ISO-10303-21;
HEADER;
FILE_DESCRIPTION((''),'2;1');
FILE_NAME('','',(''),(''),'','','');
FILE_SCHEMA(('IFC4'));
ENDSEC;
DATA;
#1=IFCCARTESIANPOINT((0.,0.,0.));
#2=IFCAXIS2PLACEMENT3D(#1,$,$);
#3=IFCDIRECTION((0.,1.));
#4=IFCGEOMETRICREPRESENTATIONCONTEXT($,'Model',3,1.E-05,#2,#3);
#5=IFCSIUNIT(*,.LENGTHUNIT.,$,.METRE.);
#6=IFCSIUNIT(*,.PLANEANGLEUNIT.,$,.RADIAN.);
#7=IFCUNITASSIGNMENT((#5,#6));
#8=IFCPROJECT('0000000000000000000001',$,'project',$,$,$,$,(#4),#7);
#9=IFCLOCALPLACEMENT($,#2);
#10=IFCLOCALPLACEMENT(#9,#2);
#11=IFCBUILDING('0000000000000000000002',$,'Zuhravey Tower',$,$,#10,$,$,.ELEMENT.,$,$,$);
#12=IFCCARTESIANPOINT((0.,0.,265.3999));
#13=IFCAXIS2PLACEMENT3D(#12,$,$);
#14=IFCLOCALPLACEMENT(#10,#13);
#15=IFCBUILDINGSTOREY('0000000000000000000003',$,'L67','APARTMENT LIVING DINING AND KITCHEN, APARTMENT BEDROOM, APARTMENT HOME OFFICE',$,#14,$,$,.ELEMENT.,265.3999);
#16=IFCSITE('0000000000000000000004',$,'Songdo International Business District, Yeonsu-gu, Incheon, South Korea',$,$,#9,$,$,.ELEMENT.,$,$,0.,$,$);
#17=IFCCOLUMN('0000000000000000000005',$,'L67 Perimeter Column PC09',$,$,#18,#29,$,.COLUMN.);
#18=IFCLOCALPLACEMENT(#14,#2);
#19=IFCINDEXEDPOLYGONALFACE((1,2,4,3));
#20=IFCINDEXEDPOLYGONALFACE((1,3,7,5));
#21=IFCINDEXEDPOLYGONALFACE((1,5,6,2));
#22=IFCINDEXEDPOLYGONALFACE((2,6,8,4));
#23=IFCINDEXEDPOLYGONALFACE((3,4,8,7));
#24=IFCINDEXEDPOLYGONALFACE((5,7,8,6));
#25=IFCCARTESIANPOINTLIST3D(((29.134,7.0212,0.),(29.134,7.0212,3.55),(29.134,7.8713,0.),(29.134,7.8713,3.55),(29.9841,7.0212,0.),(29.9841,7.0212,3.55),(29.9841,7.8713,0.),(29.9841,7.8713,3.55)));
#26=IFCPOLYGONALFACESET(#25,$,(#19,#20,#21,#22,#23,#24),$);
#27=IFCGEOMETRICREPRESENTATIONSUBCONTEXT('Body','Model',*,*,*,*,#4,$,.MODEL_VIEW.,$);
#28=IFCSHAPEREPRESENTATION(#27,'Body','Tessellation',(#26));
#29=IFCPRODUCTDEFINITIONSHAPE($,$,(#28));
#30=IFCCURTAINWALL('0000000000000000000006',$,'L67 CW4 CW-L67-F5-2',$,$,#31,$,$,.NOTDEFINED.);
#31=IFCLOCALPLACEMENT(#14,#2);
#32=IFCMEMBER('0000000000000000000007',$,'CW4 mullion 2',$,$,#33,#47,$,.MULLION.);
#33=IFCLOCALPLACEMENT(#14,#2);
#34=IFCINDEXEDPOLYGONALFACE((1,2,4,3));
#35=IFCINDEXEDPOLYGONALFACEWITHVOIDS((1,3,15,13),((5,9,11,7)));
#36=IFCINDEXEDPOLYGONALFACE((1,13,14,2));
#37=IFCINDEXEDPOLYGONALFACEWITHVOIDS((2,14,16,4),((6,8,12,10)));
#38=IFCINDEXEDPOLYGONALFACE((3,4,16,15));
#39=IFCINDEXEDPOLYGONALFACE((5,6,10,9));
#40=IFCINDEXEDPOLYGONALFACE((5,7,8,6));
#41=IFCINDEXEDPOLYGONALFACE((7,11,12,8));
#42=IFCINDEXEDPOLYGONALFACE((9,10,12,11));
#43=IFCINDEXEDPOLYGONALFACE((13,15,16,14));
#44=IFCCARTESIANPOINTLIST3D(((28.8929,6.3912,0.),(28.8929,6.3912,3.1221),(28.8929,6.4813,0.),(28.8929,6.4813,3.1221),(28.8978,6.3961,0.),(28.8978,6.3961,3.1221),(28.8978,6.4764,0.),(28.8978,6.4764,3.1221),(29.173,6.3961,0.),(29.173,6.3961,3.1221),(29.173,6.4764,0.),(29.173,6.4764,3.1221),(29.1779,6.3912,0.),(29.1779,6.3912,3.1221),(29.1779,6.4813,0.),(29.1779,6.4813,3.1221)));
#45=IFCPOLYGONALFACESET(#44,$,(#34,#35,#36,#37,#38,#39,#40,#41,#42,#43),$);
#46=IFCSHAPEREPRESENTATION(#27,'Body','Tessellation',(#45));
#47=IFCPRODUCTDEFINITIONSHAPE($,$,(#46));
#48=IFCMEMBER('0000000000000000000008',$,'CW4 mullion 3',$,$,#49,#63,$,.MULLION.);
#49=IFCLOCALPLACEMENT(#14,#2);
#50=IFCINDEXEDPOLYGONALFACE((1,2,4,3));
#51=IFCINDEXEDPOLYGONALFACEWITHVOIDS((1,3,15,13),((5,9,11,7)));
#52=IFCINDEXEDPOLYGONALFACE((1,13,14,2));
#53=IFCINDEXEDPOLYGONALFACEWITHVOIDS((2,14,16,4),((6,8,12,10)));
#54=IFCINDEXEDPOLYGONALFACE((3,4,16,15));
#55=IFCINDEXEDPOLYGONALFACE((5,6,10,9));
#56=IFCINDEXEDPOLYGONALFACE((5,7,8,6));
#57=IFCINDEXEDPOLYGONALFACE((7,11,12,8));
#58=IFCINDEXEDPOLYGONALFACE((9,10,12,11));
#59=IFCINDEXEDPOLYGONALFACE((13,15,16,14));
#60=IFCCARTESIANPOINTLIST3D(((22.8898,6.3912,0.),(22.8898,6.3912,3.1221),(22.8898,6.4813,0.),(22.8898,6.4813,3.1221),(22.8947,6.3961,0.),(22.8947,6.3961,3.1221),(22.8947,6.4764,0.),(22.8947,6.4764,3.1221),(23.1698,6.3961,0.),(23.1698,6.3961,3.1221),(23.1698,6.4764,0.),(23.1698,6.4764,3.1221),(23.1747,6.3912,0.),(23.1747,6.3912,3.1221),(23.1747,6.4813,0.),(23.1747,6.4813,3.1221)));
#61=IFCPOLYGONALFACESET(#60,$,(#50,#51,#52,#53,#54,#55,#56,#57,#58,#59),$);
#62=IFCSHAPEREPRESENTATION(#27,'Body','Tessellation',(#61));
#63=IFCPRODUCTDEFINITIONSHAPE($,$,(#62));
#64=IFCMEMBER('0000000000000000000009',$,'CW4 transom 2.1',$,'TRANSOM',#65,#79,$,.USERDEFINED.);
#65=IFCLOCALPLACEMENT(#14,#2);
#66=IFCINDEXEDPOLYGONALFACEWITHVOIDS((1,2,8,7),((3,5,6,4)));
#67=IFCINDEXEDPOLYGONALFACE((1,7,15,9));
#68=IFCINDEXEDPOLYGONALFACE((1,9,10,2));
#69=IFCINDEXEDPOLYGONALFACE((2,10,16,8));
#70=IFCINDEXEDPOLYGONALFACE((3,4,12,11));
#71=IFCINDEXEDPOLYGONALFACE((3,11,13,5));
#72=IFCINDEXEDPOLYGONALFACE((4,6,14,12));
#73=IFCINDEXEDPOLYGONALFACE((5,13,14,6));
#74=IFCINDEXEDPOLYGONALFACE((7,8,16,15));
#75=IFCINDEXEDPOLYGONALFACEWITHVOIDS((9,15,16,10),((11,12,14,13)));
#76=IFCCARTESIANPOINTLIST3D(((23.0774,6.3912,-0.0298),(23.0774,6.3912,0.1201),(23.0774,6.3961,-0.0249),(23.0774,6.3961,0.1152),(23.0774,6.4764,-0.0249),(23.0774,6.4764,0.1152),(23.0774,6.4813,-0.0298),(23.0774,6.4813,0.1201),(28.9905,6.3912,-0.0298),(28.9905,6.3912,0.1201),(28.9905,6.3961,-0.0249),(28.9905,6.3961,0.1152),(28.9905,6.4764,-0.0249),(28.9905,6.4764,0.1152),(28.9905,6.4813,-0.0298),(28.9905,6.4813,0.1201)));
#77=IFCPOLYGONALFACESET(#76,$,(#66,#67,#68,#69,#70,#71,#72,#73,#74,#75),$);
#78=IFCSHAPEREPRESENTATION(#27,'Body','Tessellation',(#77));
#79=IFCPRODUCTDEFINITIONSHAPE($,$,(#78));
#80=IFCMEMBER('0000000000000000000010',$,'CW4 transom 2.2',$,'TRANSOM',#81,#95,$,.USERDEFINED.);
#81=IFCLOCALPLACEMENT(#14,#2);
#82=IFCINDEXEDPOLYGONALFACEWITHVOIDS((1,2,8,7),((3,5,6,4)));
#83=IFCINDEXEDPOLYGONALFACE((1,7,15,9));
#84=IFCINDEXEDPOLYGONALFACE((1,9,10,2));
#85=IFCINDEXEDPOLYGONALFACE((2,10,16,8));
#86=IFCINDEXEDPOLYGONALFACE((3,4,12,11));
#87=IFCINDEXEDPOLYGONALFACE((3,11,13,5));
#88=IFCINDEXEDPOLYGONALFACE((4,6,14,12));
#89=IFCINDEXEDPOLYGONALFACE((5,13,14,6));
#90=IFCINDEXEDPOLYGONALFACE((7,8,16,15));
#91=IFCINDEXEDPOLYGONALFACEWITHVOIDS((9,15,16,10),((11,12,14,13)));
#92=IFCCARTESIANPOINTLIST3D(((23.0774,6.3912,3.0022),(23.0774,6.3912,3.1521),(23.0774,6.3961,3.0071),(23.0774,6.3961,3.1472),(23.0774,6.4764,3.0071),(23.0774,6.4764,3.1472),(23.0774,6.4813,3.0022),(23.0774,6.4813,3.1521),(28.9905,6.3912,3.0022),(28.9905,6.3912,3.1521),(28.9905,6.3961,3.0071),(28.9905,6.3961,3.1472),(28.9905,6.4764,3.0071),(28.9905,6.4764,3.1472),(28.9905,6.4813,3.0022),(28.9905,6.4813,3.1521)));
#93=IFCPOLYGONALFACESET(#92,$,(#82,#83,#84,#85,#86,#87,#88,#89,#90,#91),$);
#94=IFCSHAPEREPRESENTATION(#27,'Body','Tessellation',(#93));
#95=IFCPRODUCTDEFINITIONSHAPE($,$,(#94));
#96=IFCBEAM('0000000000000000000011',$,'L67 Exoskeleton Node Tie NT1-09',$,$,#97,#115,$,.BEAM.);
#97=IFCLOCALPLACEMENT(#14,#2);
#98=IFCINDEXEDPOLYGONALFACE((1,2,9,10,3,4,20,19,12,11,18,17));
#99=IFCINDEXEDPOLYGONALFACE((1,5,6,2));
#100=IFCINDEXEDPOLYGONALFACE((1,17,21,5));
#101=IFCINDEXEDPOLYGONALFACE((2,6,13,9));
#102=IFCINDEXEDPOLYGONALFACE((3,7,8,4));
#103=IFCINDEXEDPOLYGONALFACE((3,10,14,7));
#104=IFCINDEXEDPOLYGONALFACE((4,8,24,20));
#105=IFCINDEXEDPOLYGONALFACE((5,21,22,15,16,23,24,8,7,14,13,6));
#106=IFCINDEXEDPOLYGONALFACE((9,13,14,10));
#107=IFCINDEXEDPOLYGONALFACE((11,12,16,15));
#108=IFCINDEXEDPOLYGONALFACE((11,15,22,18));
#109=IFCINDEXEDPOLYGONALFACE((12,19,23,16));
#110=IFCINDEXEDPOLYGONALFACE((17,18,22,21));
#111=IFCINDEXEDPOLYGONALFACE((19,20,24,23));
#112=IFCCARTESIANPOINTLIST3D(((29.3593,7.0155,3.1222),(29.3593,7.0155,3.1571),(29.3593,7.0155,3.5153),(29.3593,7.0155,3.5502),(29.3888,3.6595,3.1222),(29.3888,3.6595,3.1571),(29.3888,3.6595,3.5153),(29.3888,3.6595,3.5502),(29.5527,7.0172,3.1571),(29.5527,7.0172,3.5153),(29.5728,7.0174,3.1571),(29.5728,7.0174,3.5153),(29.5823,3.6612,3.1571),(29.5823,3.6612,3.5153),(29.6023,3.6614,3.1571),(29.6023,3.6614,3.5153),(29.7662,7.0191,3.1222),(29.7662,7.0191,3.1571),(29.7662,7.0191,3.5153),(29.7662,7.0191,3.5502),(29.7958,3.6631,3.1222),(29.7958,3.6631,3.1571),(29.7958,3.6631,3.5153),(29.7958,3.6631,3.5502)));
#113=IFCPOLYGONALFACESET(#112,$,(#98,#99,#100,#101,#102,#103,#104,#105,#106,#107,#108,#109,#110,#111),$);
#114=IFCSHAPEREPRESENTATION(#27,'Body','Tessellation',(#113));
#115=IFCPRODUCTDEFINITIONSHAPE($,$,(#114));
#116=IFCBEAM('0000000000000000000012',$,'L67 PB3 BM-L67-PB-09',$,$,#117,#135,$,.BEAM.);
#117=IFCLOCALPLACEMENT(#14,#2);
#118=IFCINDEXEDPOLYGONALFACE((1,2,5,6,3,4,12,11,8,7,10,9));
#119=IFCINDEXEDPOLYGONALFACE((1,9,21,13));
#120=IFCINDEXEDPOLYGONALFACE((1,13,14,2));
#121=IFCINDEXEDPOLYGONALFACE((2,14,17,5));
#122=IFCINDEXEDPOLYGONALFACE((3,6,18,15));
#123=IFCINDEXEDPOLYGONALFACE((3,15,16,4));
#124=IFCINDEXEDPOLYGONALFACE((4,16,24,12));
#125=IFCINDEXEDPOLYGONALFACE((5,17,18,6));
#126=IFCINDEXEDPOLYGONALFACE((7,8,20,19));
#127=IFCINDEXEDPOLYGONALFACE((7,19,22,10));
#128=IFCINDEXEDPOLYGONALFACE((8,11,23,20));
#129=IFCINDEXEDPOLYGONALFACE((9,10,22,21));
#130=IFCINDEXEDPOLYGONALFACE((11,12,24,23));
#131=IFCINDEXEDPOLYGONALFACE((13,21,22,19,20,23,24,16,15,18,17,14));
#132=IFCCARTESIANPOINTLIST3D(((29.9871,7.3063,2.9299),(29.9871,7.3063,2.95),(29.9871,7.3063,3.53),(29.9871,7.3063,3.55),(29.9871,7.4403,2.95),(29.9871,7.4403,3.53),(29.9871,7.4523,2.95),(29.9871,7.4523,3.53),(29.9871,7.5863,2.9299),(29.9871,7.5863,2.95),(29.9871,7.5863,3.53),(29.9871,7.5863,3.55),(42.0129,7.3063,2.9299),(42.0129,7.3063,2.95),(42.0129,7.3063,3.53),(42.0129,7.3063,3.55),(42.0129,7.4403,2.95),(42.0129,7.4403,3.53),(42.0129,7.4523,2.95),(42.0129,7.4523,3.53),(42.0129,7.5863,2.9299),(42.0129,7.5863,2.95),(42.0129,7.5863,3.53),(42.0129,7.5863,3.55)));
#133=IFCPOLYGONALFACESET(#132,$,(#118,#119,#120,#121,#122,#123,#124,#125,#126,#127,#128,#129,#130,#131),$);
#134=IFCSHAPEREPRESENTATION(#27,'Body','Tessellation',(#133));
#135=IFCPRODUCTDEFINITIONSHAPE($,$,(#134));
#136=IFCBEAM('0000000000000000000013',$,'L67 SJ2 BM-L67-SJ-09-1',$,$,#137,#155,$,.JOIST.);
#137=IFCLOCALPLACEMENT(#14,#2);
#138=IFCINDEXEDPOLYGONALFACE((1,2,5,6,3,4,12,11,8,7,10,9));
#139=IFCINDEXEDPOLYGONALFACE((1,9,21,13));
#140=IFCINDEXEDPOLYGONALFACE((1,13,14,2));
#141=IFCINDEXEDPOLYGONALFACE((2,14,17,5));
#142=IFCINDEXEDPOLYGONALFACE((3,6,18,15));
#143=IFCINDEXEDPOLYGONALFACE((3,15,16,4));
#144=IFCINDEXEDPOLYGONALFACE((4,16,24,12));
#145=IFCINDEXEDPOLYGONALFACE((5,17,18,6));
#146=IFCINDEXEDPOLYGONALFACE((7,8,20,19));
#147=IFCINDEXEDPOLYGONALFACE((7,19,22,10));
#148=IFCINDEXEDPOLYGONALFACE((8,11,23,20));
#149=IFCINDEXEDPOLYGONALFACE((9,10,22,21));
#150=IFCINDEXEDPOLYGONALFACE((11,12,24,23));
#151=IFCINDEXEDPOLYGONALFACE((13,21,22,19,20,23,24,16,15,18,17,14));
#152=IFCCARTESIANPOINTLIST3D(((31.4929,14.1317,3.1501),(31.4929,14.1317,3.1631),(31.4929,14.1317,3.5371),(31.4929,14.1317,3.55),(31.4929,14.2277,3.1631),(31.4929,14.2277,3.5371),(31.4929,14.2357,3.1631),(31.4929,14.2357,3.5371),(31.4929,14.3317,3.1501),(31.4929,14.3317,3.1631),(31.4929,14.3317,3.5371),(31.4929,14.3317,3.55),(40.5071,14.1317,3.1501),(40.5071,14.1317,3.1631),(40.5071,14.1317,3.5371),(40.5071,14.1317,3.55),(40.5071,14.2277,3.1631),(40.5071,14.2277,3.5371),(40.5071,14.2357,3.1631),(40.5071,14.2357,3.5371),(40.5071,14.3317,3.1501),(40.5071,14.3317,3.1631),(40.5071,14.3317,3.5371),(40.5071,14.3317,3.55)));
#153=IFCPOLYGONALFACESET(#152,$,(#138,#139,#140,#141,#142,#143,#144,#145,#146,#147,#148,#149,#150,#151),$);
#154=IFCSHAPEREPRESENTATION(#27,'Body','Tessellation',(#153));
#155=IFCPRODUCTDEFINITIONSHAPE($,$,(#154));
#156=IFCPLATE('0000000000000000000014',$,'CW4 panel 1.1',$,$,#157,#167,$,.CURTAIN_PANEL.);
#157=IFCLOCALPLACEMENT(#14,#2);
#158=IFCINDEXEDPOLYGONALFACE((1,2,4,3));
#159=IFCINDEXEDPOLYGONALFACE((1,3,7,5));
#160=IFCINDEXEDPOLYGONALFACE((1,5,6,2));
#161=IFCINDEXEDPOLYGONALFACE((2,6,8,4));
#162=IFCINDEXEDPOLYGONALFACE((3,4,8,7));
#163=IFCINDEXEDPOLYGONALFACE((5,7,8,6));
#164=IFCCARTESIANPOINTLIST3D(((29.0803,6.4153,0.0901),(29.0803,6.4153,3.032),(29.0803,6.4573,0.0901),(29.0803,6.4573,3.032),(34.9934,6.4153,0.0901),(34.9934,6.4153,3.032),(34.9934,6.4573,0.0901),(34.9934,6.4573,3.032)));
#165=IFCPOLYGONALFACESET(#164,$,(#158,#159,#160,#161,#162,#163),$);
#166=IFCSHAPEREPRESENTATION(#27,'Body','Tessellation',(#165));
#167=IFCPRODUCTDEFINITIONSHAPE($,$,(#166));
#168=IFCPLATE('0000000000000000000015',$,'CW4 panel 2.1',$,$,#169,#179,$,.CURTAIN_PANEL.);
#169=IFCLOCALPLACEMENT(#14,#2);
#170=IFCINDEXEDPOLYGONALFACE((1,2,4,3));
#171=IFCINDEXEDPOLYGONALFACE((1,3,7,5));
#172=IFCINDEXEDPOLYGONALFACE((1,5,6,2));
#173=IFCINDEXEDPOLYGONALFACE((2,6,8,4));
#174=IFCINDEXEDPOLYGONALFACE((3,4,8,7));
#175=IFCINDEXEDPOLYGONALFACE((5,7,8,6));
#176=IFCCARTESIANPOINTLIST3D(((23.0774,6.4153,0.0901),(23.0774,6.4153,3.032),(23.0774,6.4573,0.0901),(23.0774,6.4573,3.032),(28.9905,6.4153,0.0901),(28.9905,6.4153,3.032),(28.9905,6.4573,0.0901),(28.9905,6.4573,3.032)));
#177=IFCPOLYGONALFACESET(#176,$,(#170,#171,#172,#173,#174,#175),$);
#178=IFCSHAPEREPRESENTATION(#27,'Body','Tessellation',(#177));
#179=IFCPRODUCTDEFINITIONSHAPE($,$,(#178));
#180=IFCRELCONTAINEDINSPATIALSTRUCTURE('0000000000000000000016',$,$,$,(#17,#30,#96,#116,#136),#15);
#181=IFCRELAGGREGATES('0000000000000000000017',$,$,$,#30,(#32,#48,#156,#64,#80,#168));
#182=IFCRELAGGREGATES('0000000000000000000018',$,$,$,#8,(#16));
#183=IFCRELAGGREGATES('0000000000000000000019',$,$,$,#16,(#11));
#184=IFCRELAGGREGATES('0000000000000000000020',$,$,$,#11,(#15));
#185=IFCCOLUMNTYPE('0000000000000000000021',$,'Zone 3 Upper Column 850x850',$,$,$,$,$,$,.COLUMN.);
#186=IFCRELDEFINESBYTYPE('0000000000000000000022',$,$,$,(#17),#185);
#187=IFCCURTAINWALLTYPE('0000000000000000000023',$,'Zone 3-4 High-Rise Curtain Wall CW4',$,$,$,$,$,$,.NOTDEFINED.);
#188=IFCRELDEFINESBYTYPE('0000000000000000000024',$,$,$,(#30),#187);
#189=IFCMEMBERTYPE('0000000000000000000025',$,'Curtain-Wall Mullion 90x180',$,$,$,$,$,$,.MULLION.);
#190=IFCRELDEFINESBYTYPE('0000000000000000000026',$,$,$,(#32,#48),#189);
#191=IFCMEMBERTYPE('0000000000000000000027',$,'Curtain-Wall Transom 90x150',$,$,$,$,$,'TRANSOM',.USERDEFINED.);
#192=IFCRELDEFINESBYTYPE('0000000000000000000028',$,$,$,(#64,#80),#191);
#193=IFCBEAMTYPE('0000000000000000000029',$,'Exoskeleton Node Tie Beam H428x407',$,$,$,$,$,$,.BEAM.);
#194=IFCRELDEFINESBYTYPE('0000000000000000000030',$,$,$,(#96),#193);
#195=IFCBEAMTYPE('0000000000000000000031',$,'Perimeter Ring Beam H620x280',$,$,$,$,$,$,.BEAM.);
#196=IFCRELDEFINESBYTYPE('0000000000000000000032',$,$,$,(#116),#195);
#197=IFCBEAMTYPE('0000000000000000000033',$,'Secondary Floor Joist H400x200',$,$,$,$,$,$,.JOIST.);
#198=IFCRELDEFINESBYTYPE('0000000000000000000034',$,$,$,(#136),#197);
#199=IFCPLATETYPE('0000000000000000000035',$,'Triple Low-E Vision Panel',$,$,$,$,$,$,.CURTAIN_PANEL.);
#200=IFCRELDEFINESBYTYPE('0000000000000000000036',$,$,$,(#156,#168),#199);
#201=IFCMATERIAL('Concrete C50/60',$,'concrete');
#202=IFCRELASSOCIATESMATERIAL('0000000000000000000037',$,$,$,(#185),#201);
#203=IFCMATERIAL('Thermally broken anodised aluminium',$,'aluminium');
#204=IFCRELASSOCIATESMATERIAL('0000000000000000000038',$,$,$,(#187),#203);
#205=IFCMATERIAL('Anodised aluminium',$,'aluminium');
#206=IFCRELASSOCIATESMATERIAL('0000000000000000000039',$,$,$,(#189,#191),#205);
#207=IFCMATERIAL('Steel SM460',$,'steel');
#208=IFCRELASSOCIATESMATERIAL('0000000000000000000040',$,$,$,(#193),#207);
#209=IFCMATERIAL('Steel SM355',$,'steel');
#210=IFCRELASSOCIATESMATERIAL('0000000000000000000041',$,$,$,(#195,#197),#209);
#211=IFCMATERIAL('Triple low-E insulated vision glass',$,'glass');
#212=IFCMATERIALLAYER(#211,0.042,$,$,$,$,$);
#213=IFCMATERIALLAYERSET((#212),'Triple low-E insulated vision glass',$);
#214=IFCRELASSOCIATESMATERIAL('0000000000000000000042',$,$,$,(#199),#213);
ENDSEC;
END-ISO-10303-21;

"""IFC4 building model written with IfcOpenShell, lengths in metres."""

from ifc_helpers import new_model, si_unit, direction, frame, origin, origin_2d, place, context, subcontext, project, spatial, rectangle, hollow_rectangle, i_section, extrude, material, layer, layer_set, material_profile, profile_set, type_object, element, aggregate, save


model = new_model("IFC4")

# Units and contexts
model_context = context("Model", 3, precision=1e-05, world=origin(), true_north=direction((0.0, 1.0)))
body_context = subcontext(model_context, "Body", "Model", "MODEL_VIEW")
ifc_project = project(units=[si_unit("LENGTHUNIT", "METRE"), si_unit("PLANEANGLEUNIT", "RADIAN")], contexts=[model_context])

# Site, building, storey
site_placement = place(None, origin())
site = spatial("IfcSite", under=ifc_project, at=site_placement, Name="Songdo International Business District, Yeonsu-gu, Incheon, South Korea", CompositionType="ELEMENT", RefElevation=0.0)
building_placement = place(site_placement, origin())
building = spatial("IfcBuilding", under=site, at=building_placement, Name="Zuhravey Tower", CompositionType="ELEMENT")
storey_placement = place(building_placement, frame((0.0, 0.0, 265.3999)))
storey = spatial("IfcBuildingStorey", under=building, at=storey_placement, Name="L67", Description="APARTMENT LIVING DINING AND KITCHEN, APARTMENT BEDROOM, APARTMENT HOME OFFICE", CompositionType="ELEMENT", Elevation=265.3999)

# Column
ifc_material_1 = material(Name="Concrete C50/60", Category="concrete")
ifc_material_profile_1 = material_profile(ifc_material_1, rectangle(XDim=0.8501, YDim=0.8501, at=origin_2d()), Name="RC-850x850")
ifc_profile_set_1 = profile_set([ifc_material_profile_1], Name="Concrete C50/60")
column_type = type_object("IfcColumnType", Name="Zone 3 Upper Column 850x850", PredefinedType="COLUMN", material=ifc_profile_set_1)
column_placement = place(storey_placement, frame((29.5591, 7.4463, 0.0), z_axis=(0.0, 0.0, 1.0), x_axis=(1.0, 0.0, 0.0)))
element("IfcColumn", 1, at=column_placement, inside=storey, type_object=column_type, Name="L67 Perimeter Column PC09", PredefinedType="COLUMN", context=body_context, shape_type="SweptSolid", body=[
    extrude(rectangle(XDim=0.8501, YDim=0.8501, at=origin_2d()), origin(), (0.0, 0.0, 1.0), 3.55),
])

# Curtain wall, members
ifc_material_2 = material(Name="Thermally broken anodised aluminium", Category="aluminium")
curtain_wall_type = type_object("IfcCurtainWallType", Name="Zone 3-4 High-Rise Curtain Wall CW4", PredefinedType="NOTDEFINED", material=ifc_material_2)
curtain_wall_placement = place(storey_placement, origin())
curtain_wall = element("IfcCurtainWall", 2, at=curtain_wall_placement, inside=storey, type_object=curtain_wall_type, Name="L67 CW4 CW-L67-F5-2", PredefinedType="NOTDEFINED")
ifc_material_3 = material(Name="Anodised aluminium", Category="aluminium")
ifc_material_profile_2 = material_profile(ifc_material_3, hollow_rectangle(XDim=0.0901, YDim=0.2849, WallThickness=0.0049, at=origin_2d()), Name="ALU-RHS-90x285x5")
ifc_profile_set_2 = profile_set([ifc_material_profile_2], Name="Anodised aluminium")
member_type_1 = type_object("IfcMemberType", Name="Curtain-Wall Mullion 90x180", PredefinedType="MULLION", material=ifc_profile_set_2)
member_1_placement = place(storey_placement, frame((29.0354, 6.4363, 0.0), z_axis=(0.0, 0.0, 1.0), x_axis=(0.0, -1.0, 0.0)))
member_1 = element("IfcMember", 3, at=member_1_placement, type_object=member_type_1, Name="CW4 mullion 2", PredefinedType="MULLION", context=body_context, shape_type="SweptSolid", body=[
    extrude(hollow_rectangle(XDim=0.0901, YDim=0.2849, WallThickness=0.0049, at=origin_2d()), origin(), (0.0, 0.0, 1.0), 3.1221),
])
member_2_placement = place(storey_placement, frame((23.0322, 6.4363, 0.0), z_axis=(0.0, 0.0, 1.0), x_axis=(0.0, -1.0, 0.0)))
member_2 = element("IfcMember", 4, at=member_2_placement, type_object=member_type_1, Name="CW4 mullion 3", PredefinedType="MULLION", context=body_context, shape_type="SweptSolid", body=[
    extrude(hollow_rectangle(XDim=0.0901, YDim=0.2849, WallThickness=0.0049, at=origin_2d()), origin(), (0.0, 0.0, 1.0), 3.1221),
])
ifc_material_profile_3 = material_profile(ifc_material_3, hollow_rectangle(XDim=0.0901, YDim=0.1499, WallThickness=0.0049, at=origin_2d()), Name="ALU-RHS-90x150x5")
ifc_profile_set_3 = profile_set([ifc_material_profile_3], Name="Anodised aluminium")
member_type_2 = type_object("IfcMemberType", Name="Curtain-Wall Transom 90x150", ElementType="TRANSOM", PredefinedType="USERDEFINED", material=ifc_profile_set_3)
member_3_placement = place(storey_placement, frame((28.9905, 6.4363, 0.0452), z_axis=(-1.0, 0.0, 0.0), x_axis=(0.0, -1.0, 0.0)))
member_3 = element("IfcMember", 5, at=member_3_placement, type_object=member_type_2, Name="CW4 transom 2.1", ObjectType="TRANSOM", PredefinedType="USERDEFINED", context=body_context, shape_type="SweptSolid", body=[
    extrude(hollow_rectangle(XDim=0.0901, YDim=0.1499, WallThickness=0.0049, at=origin_2d()), origin(), (0.0, 0.0, 1.0), 5.9131),
])
member_4_placement = place(storey_placement, frame((28.9905, 6.4363, 3.0771), z_axis=(-1.0, 0.0, 0.0), x_axis=(0.0, -1.0, 0.0)))
member_4 = element("IfcMember", 6, at=member_4_placement, type_object=member_type_2, Name="CW4 transom 2.2", ObjectType="TRANSOM", PredefinedType="USERDEFINED", context=body_context, shape_type="SweptSolid", body=[
    extrude(hollow_rectangle(XDim=0.0901, YDim=0.1499, WallThickness=0.0049, at=origin_2d()), origin(), (0.0, 0.0, 1.0), 5.9131),
])

# Beams
ifc_material_4 = material(Name="Steel SM460", Category="steel")
ifc_material_profile_4 = material_profile(ifc_material_4, i_section(OverallWidth=0.407, OverallDepth=0.428, WebThickness=0.02, FlangeThickness=0.0349, at=origin_2d()), Name="H-428x407x20x35")
ifc_profile_set_4 = profile_set([ifc_material_profile_4], Name="Steel SM460")
beam_type_1 = type_object("IfcBeamType", Name="Exoskeleton Node Tie Beam H428x407", PredefinedType="BEAM", material=ifc_profile_set_4)
beam_1_placement = place(storey_placement, frame((29.5627, 7.0173, 3.3362), z_axis=(0.008802, -0.999961, 0.0), x_axis=(0.999961, 0.008802, 0.0)))
element("IfcBeam", 7, at=beam_1_placement, inside=storey, type_object=beam_type_1, Name="L67 Exoskeleton Node Tie NT1-09", PredefinedType="BEAM", context=body_context, shape_type="SweptSolid", body=[
    extrude(i_section(OverallWidth=0.407, OverallDepth=0.428, WebThickness=0.02, FlangeThickness=0.0349, at=origin_2d()), origin(), (0.0, 0.0, 1.0), 3.3562),
])
ifc_material_5 = material(Name="Steel SM355", Category="steel")
ifc_material_profile_5 = material_profile(ifc_material_5, i_section(OverallWidth=0.28, OverallDepth=0.6201, WebThickness=0.012, FlangeThickness=0.02, at=origin_2d()), Name="H-620x280x12x20")
ifc_profile_set_5 = profile_set([ifc_material_profile_5], Name="Steel SM355")
beam_type_2 = type_object("IfcBeamType", Name="Perimeter Ring Beam H620x280", PredefinedType="BEAM", material=ifc_profile_set_5)
beam_2_placement = place(storey_placement, frame((29.9871, 7.4463, 3.24), z_axis=(1.0, 0.0, 0.0), x_axis=(0.0, 1.0, 0.0)))
element("IfcBeam", 8, at=beam_2_placement, inside=storey, type_object=beam_type_2, Name="L67 PB3 BM-L67-PB-09", PredefinedType="BEAM", context=body_context, shape_type="SweptSolid", body=[
    extrude(i_section(OverallWidth=0.28, OverallDepth=0.6201, WebThickness=0.012, FlangeThickness=0.02, at=origin_2d()), origin(), (0.0, 0.0, 1.0), 12.0259),
])
ifc_material_profile_6 = material_profile(ifc_material_5, i_section(OverallWidth=0.2, OverallDepth=0.3999, WebThickness=0.0081, FlangeThickness=0.0129, at=origin_2d()), Name="H-400x200x8x13")
ifc_profile_set_6 = profile_set([ifc_material_profile_6], Name="Steel SM355")
beam_type_3 = type_object("IfcBeamType", Name="Secondary Floor Joist H400x200", PredefinedType="JOIST", material=ifc_profile_set_6)
beam_3_placement = place(storey_placement, frame((31.4929, 14.2317, 3.3501), z_axis=(1.0, 0.0, 0.0), x_axis=(0.0, 1.0, 0.0)))
element("IfcBeam", 9, at=beam_3_placement, inside=storey, type_object=beam_type_3, Name="L67 SJ2 BM-L67-SJ-09-1", PredefinedType="JOIST", context=body_context, shape_type="SweptSolid", body=[
    extrude(i_section(OverallWidth=0.2, OverallDepth=0.3999, WebThickness=0.0081, FlangeThickness=0.0129, at=origin_2d()), origin(), (0.0, 0.0, 1.0), 9.0142),
])

# Plates
ifc_material_6 = material(Name="Triple low-E insulated vision glass", Category="glass")
ifc_layer_1 = layer(ifc_material_6, 0.042)
ifc_layer_set_1 = layer_set([ifc_layer_1], Name="Triple low-E insulated vision glass")
plate_type = type_object("IfcPlateType", Name="Triple Low-E Vision Panel", PredefinedType="CURTAIN_PANEL", material=ifc_layer_set_1)
plate_1_placement = place(storey_placement, frame((32.0369, 6.4363, 0.0901), z_axis=(0.0, 0.0, 1.0), x_axis=(-1.0, 0.0, 0.0)))
plate_1 = element("IfcPlate", 10, at=plate_1_placement, type_object=plate_type, Name="CW4 panel 1.1", PredefinedType="CURTAIN_PANEL", context=body_context, shape_type="SweptSolid", body=[
    extrude(rectangle(XDim=5.9131, YDim=0.042, at=origin_2d()), origin(), (0.0, 0.0, 1.0), 2.9419),
])
plate_2_placement = place(storey_placement, frame((26.0339, 6.4363, 0.0901), z_axis=(0.0, 0.0, 1.0), x_axis=(-1.0, 0.0, 0.0)))
plate_2 = element("IfcPlate", 11, at=plate_2_placement, type_object=plate_type, Name="CW4 panel 2.1", PredefinedType="CURTAIN_PANEL", context=body_context, shape_type="SweptSolid", body=[
    extrude(rectangle(XDim=5.9131, YDim=0.042, at=origin_2d()), origin(), (0.0, 0.0, 1.0), 2.9419),
])
aggregate(curtain_wall, [member_1, member_2, plate_1, member_3, member_4, plate_2])

save(model, "model.ifc")
